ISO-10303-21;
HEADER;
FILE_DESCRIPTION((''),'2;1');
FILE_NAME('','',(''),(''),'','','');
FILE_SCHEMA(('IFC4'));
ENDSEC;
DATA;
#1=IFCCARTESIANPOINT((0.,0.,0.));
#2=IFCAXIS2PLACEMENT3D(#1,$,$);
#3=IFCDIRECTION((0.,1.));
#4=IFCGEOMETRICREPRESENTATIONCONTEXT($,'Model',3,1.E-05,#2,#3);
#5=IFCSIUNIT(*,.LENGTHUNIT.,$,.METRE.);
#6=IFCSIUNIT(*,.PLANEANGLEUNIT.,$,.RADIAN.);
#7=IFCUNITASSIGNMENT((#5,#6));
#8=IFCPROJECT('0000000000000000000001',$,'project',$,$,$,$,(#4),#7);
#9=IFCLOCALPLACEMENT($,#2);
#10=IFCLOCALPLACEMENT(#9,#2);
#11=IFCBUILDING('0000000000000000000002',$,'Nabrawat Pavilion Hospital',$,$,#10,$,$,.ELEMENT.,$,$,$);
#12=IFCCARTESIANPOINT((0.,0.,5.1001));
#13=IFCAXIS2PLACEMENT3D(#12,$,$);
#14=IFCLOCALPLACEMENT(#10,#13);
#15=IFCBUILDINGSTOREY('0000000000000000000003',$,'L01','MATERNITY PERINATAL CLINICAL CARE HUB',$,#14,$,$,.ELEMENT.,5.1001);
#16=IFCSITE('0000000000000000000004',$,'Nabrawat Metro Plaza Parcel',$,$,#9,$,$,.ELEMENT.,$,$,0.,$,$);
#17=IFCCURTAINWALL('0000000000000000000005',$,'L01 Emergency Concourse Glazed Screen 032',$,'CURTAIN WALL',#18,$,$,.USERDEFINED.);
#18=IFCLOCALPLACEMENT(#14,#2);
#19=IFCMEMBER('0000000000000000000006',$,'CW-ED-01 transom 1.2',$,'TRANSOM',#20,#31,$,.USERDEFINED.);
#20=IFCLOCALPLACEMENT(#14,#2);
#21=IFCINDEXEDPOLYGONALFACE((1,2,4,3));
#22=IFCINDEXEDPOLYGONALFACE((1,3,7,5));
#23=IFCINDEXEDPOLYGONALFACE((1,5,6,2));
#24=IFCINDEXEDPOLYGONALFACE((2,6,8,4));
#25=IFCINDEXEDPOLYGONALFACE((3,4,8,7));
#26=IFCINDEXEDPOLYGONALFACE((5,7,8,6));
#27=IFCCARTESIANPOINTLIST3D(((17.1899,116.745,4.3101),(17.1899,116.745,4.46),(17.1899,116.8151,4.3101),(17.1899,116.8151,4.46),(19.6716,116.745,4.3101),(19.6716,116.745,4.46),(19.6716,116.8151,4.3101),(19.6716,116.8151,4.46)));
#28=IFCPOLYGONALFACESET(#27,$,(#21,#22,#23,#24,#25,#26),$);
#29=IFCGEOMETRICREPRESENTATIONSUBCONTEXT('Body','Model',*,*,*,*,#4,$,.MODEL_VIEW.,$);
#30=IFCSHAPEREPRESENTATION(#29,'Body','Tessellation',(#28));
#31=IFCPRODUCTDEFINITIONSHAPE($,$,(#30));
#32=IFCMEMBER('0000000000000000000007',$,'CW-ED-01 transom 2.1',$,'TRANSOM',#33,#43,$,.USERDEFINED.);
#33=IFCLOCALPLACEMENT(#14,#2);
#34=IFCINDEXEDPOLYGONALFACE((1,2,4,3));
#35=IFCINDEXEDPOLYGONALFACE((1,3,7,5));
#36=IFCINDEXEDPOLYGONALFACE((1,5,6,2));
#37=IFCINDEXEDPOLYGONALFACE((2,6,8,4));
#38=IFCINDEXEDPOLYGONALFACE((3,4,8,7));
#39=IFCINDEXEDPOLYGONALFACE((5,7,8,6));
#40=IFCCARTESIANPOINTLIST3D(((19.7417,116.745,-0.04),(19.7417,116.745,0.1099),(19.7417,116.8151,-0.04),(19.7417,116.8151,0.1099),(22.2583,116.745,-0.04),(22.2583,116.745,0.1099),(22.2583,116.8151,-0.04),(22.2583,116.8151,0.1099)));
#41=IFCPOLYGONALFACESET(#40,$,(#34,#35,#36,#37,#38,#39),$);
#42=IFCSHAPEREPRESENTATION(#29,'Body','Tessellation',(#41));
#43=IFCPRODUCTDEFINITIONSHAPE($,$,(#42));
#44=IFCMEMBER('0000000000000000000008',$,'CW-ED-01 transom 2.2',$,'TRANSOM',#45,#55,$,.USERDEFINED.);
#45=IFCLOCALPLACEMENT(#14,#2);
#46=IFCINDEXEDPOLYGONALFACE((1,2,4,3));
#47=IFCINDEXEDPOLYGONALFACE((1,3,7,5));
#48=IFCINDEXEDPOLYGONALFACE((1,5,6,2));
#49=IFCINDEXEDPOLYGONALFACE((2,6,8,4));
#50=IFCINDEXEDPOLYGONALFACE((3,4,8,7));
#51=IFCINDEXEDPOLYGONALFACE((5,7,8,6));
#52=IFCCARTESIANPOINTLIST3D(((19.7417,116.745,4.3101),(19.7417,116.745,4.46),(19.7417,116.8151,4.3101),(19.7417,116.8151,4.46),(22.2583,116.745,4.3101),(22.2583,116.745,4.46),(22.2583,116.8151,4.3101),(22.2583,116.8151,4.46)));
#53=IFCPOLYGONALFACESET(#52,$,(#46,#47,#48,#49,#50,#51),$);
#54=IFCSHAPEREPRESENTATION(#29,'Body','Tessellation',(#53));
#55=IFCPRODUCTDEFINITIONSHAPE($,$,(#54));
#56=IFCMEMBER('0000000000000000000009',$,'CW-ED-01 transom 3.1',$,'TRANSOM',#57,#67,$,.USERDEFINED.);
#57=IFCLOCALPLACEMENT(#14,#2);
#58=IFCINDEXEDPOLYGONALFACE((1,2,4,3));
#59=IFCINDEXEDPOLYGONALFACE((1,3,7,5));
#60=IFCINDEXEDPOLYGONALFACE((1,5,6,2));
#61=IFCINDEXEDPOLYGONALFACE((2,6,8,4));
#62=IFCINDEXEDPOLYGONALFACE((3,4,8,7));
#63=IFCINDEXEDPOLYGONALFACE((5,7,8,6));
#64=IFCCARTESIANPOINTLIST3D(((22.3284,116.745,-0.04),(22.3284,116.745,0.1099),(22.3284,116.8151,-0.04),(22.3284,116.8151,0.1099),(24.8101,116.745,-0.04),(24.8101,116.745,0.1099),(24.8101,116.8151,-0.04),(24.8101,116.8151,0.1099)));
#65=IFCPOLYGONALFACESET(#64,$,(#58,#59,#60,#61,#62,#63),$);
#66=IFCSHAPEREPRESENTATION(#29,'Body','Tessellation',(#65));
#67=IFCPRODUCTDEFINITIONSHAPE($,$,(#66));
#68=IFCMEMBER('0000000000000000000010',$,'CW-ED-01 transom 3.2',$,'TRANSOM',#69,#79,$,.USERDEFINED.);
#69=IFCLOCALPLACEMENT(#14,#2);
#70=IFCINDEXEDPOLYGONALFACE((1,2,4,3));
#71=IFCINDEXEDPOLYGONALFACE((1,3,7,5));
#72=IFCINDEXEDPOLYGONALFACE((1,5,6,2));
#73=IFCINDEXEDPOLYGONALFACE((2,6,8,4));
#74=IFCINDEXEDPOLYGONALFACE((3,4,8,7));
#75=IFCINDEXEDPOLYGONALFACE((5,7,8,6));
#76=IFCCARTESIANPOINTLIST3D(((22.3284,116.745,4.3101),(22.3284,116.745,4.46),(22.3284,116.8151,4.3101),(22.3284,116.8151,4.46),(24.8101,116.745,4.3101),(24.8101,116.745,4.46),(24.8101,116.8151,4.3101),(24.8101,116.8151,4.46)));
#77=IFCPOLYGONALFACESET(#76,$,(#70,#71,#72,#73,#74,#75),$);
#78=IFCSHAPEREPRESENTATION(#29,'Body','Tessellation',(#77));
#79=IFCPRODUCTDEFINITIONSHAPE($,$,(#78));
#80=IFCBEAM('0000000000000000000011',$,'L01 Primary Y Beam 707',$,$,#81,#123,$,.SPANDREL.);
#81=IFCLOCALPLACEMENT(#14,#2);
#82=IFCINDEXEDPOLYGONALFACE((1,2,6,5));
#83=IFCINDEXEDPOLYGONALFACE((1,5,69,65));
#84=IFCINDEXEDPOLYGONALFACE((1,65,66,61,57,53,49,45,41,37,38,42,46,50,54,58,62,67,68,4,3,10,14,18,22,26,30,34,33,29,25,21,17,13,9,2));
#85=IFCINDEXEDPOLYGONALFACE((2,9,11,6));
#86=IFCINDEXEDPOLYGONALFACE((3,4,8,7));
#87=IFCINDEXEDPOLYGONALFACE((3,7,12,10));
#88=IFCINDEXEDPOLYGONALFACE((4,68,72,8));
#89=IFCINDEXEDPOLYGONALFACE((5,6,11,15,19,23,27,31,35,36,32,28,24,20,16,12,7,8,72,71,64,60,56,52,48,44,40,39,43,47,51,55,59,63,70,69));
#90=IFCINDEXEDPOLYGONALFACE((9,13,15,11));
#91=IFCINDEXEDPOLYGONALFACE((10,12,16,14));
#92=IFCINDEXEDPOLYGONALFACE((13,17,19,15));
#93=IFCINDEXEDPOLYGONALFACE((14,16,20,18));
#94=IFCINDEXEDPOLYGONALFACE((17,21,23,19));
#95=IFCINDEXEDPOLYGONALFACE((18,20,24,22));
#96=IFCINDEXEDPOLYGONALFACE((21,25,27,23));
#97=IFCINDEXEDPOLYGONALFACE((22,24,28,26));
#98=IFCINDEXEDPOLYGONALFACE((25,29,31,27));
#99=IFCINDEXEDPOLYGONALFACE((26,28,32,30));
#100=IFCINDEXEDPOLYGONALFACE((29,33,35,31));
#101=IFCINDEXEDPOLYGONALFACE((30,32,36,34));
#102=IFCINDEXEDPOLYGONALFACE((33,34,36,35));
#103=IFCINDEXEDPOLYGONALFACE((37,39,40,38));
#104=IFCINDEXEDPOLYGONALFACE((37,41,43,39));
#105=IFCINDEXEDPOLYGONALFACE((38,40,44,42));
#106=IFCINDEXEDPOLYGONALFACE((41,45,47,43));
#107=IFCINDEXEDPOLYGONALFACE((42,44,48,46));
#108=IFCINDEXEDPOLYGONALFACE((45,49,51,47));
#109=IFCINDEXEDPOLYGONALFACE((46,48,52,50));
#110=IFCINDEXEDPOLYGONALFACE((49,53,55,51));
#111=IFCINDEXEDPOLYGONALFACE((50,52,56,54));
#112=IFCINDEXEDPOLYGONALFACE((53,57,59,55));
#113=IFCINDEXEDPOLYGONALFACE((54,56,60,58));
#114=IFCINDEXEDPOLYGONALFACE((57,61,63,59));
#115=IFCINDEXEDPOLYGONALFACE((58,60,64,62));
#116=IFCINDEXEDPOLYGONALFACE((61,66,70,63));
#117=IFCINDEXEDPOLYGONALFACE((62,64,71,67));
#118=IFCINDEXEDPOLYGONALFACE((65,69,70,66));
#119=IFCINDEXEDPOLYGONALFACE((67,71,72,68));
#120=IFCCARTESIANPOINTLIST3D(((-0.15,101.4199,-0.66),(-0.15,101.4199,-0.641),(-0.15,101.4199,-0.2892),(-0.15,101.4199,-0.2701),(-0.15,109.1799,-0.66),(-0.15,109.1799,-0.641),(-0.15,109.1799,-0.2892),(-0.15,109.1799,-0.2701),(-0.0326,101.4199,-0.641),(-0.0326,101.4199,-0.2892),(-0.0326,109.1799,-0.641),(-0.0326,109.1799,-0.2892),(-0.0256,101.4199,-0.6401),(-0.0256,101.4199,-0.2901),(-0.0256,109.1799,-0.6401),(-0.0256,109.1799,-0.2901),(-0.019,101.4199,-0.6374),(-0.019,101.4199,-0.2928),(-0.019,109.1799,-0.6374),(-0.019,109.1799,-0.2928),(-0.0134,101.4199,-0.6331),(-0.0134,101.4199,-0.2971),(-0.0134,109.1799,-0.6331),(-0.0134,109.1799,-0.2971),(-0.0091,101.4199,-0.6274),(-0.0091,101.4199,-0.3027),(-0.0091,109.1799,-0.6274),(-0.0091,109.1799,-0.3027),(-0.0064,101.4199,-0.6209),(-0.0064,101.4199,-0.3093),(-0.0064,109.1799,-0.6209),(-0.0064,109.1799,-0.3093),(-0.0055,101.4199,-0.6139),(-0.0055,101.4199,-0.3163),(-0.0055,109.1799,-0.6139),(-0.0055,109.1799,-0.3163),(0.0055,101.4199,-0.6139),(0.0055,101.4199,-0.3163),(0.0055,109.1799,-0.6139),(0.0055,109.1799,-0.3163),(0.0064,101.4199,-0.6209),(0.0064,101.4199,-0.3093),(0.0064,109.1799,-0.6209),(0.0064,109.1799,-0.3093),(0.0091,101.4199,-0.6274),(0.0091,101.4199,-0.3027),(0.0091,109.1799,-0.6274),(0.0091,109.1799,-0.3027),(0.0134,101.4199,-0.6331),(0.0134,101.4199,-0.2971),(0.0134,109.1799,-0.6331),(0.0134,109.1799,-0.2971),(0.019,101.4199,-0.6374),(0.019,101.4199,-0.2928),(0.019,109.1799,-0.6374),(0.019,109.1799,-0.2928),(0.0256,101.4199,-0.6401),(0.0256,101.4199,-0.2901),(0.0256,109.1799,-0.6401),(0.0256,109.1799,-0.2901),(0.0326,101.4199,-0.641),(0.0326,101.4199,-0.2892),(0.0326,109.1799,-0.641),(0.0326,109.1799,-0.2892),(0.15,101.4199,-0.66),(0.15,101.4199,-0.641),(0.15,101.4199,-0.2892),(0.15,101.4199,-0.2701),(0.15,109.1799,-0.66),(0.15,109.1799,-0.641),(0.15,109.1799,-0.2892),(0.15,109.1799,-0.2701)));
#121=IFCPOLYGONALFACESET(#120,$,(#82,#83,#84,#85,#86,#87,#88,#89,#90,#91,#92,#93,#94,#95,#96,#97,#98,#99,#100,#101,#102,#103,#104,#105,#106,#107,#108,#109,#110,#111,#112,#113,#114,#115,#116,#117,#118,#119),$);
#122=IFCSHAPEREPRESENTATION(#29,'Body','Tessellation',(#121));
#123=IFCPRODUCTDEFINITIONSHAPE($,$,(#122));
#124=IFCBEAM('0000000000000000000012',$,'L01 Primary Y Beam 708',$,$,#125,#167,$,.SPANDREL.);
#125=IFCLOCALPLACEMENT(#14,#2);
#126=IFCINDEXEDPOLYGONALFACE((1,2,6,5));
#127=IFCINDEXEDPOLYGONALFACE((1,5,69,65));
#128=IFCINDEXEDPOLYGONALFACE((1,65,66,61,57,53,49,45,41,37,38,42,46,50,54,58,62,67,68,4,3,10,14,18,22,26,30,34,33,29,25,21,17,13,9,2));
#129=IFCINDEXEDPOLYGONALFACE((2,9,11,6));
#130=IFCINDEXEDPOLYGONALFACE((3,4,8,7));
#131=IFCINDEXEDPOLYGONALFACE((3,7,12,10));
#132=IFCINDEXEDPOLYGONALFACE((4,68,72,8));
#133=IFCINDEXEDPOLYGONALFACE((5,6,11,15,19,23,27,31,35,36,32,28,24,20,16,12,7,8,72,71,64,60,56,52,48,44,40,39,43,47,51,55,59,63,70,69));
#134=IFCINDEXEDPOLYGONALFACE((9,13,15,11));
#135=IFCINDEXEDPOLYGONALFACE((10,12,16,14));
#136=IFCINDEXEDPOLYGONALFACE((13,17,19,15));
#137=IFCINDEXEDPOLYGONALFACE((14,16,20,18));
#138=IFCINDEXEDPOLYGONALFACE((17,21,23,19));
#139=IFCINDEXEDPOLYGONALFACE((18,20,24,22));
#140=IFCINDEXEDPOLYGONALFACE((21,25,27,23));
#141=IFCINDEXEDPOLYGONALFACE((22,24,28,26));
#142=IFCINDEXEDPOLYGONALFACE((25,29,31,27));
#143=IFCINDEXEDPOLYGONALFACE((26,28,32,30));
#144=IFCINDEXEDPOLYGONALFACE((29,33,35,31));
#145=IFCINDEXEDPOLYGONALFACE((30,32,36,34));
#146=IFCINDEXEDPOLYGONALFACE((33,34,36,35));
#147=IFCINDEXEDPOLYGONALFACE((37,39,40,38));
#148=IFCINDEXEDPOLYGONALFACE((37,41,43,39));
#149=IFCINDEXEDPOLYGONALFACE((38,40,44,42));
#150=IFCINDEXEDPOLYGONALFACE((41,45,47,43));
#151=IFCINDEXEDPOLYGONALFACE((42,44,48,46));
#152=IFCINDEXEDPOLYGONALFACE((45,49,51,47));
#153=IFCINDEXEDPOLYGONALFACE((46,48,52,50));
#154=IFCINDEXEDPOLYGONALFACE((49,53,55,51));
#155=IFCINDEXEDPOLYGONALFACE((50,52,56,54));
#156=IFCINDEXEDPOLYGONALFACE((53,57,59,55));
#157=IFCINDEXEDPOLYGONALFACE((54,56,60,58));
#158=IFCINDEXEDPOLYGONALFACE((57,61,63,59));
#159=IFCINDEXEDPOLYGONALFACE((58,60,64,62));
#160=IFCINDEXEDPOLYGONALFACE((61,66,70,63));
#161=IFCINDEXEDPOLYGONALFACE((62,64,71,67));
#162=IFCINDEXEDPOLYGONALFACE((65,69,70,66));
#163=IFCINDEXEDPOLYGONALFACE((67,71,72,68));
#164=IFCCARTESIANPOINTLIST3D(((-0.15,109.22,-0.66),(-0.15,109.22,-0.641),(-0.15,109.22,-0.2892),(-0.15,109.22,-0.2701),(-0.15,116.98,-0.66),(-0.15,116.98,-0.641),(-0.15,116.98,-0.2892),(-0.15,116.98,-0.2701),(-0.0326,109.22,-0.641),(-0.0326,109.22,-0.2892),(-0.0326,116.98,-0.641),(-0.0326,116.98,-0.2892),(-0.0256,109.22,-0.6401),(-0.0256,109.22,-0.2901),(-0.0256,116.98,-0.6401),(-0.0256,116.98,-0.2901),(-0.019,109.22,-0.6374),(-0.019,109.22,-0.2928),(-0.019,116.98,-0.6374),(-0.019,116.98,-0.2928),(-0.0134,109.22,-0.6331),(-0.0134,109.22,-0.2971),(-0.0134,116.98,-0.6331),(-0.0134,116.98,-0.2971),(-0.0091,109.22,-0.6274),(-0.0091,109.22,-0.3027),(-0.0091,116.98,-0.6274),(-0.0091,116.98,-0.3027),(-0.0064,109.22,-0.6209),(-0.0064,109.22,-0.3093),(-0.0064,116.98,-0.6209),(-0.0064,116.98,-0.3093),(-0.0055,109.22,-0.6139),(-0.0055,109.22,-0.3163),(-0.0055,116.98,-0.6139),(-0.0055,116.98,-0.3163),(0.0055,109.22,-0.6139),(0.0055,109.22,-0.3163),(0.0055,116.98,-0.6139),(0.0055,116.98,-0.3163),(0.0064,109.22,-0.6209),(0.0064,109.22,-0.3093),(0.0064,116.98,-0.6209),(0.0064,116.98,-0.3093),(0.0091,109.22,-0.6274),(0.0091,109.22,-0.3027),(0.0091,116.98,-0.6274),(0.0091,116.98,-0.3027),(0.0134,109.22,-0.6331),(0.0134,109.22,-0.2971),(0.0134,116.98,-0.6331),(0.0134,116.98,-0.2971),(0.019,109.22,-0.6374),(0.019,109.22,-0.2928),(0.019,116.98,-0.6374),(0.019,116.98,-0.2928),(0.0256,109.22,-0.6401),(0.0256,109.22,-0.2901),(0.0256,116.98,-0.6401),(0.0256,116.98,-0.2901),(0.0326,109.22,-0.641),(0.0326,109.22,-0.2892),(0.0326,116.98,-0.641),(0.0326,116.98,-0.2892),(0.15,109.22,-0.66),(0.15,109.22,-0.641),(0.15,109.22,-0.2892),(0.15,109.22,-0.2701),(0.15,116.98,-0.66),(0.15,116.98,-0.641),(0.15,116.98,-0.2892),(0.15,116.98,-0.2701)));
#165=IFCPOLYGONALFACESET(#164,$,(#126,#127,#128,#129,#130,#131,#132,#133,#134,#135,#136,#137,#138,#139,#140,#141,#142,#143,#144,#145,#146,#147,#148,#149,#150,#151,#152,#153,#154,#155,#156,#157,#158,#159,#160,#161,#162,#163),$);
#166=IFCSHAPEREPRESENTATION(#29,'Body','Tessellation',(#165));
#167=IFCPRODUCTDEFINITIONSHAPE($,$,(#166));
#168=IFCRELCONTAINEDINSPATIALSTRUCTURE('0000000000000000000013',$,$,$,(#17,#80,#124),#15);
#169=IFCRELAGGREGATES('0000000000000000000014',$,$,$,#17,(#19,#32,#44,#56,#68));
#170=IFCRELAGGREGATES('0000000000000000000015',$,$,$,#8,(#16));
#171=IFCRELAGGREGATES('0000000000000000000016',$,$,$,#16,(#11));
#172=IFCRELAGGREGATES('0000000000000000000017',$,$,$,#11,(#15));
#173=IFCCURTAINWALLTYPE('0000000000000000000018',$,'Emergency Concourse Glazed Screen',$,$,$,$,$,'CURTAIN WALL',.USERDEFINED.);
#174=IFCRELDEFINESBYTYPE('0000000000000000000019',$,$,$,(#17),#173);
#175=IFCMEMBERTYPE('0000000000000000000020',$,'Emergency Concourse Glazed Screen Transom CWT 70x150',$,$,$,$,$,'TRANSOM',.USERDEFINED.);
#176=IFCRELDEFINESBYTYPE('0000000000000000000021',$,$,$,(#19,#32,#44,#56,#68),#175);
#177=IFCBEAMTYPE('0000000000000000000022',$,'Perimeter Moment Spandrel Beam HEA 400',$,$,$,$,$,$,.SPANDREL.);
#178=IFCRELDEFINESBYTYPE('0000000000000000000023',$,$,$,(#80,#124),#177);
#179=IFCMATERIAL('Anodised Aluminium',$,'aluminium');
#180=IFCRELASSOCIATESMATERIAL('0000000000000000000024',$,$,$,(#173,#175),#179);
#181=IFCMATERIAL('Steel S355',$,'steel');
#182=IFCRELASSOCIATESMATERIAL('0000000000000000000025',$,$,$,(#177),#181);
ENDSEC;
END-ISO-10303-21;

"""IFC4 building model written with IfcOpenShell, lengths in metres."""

from ifc_helpers import new_model, si_unit, direction, frame, origin, origin_2d, place, context, subcontext, project, spatial, rectangle, i_section, extrude, material, material_profile, profile_set, type_object, element, aggregate, save


model = new_model("IFC4")

# Units and contexts
model_context = context("Model", 3, precision=1e-05, world=origin(), true_north=direction((0.0, 1.0)))
body_context = subcontext(model_context, "Body", "Model", "MODEL_VIEW")
ifc_project = project(units=[si_unit("LENGTHUNIT", "METRE"), si_unit("PLANEANGLEUNIT", "RADIAN")], contexts=[model_context])

# Site, building, storey
site_placement = place(None, origin())
site = spatial("IfcSite", under=ifc_project, at=site_placement, Name="Nabrawat Metro Plaza Parcel", CompositionType="ELEMENT", RefElevation=0.0)
building_placement = place(site_placement, origin())
building = spatial("IfcBuilding", under=site, at=building_placement, Name="Nabrawat Pavilion Hospital", CompositionType="ELEMENT")
storey_placement = place(building_placement, frame((0.0, 0.0, 5.1001)))
storey = spatial("IfcBuildingStorey", under=building, at=storey_placement, Name="L01", Description="MATERNITY PERINATAL CLINICAL CARE HUB", CompositionType="ELEMENT", Elevation=5.1001)

# Shared definitions
ifc_material_1 = material(Name="Steel S355", Category="steel")

# Curtain wall, members
ifc_material_2 = material(Name="Anodised Aluminium", Category="aluminium")
curtain_wall_type = type_object("IfcCurtainWallType", Name="Emergency Concourse Glazed Screen", ElementType="CURTAIN WALL", PredefinedType="USERDEFINED", material=ifc_material_2)
curtain_wall_placement = place(storey_placement, origin())
curtain_wall = element("IfcCurtainWall", 1, at=curtain_wall_placement, inside=storey, type_object=curtain_wall_type, Name="L01 Emergency Concourse Glazed Screen 032", ObjectType="CURTAIN WALL", PredefinedType="USERDEFINED")
ifc_material_profile_1 = material_profile(ifc_material_2, rectangle(XDim=0.0701, YDim=0.1499, at=origin_2d()), Name="CWT 70x150")
ifc_profile_set_1 = profile_set([ifc_material_profile_1], Name="Anodised Aluminium")
member_type_1 = type_object("IfcMemberType", Name="Emergency Concourse Glazed Screen Transom CWT 70x150", ElementType="TRANSOM", PredefinedType="USERDEFINED", material=ifc_profile_set_1)
member_1_placement = place(storey_placement, frame((17.1899, 116.78, 4.385), z_axis=(1.0, 0.0, 0.0), x_axis=(0.0, 1.0, 0.0)))
member_1 = element("IfcMember", 2, at=member_1_placement, type_object=member_type_1, Name="CW-ED-01 transom 1.2", ObjectType="TRANSOM", PredefinedType="USERDEFINED", context=body_context, shape_type="SweptSolid", body=[
    extrude(rectangle(XDim=0.0701, YDim=0.1499, at=origin_2d()), origin(), (0.0, 0.0, 1.0), 2.4817),
])
member_2_placement = place(storey_placement, frame((19.7417, 116.78, 0.0349), z_axis=(1.0, 0.0, 0.0), x_axis=(0.0, 1.0, 0.0)))
member_2 = element("IfcMember", 3, at=member_2_placement, type_object=member_type_1, Name="CW-ED-01 transom 2.1", ObjectType="TRANSOM", PredefinedType="USERDEFINED", context=body_context, shape_type="SweptSolid", body=[
    extrude(rectangle(XDim=0.0701, YDim=0.1499, at=origin_2d()), origin(), (0.0, 0.0, 1.0), 2.5166),
])
member_3_placement = place(storey_placement, frame((19.7417, 116.78, 4.385), z_axis=(1.0, 0.0, 0.0), x_axis=(0.0, 1.0, 0.0)))
member_3 = element("IfcMember", 4, at=member_3_placement, type_object=member_type_1, Name="CW-ED-01 transom 2.2", ObjectType="TRANSOM", PredefinedType="USERDEFINED", context=body_context, shape_type="SweptSolid", body=[
    extrude(rectangle(XDim=0.0701, YDim=0.1499, at=origin_2d()), origin(), (0.0, 0.0, 1.0), 2.5166),
])
member_4_placement = place(storey_placement, frame((22.3284, 116.78, 0.0349), z_axis=(1.0, 0.0, 0.0), x_axis=(0.0, 1.0, 0.0)))
member_4 = element("IfcMember", 5, at=member_4_placement, type_object=member_type_1, Name="CW-ED-01 transom 3.1", ObjectType="TRANSOM", PredefinedType="USERDEFINED", context=body_context, shape_type="SweptSolid", body=[
    extrude(rectangle(XDim=0.0701, YDim=0.1499, at=origin_2d()), origin(), (0.0, 0.0, 1.0), 2.4817),
])
member_5_placement = place(storey_placement, frame((22.3284, 116.78, 4.385), z_axis=(1.0, 0.0, 0.0), x_axis=(0.0, 1.0, 0.0)))
member_5 = element("IfcMember", 6, at=member_5_placement, type_object=member_type_1, Name="CW-ED-01 transom 3.2", ObjectType="TRANSOM", PredefinedType="USERDEFINED", context=body_context, shape_type="SweptSolid", body=[
    extrude(rectangle(XDim=0.0701, YDim=0.1499, at=origin_2d()), origin(), (0.0, 0.0, 1.0), 2.4817),
])

# Beams
ifc_material_profile_2 = material_profile(ifc_material_1, i_section(OverallWidth=0.3, OverallDepth=0.3899, WebThickness=0.011, FlangeThickness=0.019, FilletRadius=0.0271, at=origin_2d()), Name="HEA 400")
ifc_profile_set_2 = profile_set([ifc_material_profile_2], Name="Steel S355")
beam_type_1 = type_object("IfcBeamType", Name="Perimeter Moment Spandrel Beam HEA 400", PredefinedType="SPANDREL", material=ifc_profile_set_2)
for number, where, z_axis, x_axis, name in (
    (7, (0.0, 101.4199, -0.4651), (0.0, 1.0, 0.0), (-1.0, 0.0, 0.0), "L01 Primary Y Beam 707"),
    (8, (0.0, 109.22, -0.4651), (0.0, 1.0, 0.0), (-1.0, 0.0, 0.0), "L01 Primary Y Beam 708"),
):
    element("IfcBeam", number, at=place(storey_placement, frame(where, z_axis=z_axis, x_axis=x_axis)), inside=storey, type_object=beam_type_1, Name=name, PredefinedType="SPANDREL", context=body_context, shape_type="SweptSolid", body=[
        extrude(i_section(OverallWidth=0.3, OverallDepth=0.3899, WebThickness=0.011, FlangeThickness=0.019, FilletRadius=0.0271, at=origin_2d()), origin(), (0.0, 0.0, 1.0), 7.76),
    ])

aggregate(curtain_wall, [member_1, member_2, member_3, member_4, member_5])

save(model, "model.ifc")
